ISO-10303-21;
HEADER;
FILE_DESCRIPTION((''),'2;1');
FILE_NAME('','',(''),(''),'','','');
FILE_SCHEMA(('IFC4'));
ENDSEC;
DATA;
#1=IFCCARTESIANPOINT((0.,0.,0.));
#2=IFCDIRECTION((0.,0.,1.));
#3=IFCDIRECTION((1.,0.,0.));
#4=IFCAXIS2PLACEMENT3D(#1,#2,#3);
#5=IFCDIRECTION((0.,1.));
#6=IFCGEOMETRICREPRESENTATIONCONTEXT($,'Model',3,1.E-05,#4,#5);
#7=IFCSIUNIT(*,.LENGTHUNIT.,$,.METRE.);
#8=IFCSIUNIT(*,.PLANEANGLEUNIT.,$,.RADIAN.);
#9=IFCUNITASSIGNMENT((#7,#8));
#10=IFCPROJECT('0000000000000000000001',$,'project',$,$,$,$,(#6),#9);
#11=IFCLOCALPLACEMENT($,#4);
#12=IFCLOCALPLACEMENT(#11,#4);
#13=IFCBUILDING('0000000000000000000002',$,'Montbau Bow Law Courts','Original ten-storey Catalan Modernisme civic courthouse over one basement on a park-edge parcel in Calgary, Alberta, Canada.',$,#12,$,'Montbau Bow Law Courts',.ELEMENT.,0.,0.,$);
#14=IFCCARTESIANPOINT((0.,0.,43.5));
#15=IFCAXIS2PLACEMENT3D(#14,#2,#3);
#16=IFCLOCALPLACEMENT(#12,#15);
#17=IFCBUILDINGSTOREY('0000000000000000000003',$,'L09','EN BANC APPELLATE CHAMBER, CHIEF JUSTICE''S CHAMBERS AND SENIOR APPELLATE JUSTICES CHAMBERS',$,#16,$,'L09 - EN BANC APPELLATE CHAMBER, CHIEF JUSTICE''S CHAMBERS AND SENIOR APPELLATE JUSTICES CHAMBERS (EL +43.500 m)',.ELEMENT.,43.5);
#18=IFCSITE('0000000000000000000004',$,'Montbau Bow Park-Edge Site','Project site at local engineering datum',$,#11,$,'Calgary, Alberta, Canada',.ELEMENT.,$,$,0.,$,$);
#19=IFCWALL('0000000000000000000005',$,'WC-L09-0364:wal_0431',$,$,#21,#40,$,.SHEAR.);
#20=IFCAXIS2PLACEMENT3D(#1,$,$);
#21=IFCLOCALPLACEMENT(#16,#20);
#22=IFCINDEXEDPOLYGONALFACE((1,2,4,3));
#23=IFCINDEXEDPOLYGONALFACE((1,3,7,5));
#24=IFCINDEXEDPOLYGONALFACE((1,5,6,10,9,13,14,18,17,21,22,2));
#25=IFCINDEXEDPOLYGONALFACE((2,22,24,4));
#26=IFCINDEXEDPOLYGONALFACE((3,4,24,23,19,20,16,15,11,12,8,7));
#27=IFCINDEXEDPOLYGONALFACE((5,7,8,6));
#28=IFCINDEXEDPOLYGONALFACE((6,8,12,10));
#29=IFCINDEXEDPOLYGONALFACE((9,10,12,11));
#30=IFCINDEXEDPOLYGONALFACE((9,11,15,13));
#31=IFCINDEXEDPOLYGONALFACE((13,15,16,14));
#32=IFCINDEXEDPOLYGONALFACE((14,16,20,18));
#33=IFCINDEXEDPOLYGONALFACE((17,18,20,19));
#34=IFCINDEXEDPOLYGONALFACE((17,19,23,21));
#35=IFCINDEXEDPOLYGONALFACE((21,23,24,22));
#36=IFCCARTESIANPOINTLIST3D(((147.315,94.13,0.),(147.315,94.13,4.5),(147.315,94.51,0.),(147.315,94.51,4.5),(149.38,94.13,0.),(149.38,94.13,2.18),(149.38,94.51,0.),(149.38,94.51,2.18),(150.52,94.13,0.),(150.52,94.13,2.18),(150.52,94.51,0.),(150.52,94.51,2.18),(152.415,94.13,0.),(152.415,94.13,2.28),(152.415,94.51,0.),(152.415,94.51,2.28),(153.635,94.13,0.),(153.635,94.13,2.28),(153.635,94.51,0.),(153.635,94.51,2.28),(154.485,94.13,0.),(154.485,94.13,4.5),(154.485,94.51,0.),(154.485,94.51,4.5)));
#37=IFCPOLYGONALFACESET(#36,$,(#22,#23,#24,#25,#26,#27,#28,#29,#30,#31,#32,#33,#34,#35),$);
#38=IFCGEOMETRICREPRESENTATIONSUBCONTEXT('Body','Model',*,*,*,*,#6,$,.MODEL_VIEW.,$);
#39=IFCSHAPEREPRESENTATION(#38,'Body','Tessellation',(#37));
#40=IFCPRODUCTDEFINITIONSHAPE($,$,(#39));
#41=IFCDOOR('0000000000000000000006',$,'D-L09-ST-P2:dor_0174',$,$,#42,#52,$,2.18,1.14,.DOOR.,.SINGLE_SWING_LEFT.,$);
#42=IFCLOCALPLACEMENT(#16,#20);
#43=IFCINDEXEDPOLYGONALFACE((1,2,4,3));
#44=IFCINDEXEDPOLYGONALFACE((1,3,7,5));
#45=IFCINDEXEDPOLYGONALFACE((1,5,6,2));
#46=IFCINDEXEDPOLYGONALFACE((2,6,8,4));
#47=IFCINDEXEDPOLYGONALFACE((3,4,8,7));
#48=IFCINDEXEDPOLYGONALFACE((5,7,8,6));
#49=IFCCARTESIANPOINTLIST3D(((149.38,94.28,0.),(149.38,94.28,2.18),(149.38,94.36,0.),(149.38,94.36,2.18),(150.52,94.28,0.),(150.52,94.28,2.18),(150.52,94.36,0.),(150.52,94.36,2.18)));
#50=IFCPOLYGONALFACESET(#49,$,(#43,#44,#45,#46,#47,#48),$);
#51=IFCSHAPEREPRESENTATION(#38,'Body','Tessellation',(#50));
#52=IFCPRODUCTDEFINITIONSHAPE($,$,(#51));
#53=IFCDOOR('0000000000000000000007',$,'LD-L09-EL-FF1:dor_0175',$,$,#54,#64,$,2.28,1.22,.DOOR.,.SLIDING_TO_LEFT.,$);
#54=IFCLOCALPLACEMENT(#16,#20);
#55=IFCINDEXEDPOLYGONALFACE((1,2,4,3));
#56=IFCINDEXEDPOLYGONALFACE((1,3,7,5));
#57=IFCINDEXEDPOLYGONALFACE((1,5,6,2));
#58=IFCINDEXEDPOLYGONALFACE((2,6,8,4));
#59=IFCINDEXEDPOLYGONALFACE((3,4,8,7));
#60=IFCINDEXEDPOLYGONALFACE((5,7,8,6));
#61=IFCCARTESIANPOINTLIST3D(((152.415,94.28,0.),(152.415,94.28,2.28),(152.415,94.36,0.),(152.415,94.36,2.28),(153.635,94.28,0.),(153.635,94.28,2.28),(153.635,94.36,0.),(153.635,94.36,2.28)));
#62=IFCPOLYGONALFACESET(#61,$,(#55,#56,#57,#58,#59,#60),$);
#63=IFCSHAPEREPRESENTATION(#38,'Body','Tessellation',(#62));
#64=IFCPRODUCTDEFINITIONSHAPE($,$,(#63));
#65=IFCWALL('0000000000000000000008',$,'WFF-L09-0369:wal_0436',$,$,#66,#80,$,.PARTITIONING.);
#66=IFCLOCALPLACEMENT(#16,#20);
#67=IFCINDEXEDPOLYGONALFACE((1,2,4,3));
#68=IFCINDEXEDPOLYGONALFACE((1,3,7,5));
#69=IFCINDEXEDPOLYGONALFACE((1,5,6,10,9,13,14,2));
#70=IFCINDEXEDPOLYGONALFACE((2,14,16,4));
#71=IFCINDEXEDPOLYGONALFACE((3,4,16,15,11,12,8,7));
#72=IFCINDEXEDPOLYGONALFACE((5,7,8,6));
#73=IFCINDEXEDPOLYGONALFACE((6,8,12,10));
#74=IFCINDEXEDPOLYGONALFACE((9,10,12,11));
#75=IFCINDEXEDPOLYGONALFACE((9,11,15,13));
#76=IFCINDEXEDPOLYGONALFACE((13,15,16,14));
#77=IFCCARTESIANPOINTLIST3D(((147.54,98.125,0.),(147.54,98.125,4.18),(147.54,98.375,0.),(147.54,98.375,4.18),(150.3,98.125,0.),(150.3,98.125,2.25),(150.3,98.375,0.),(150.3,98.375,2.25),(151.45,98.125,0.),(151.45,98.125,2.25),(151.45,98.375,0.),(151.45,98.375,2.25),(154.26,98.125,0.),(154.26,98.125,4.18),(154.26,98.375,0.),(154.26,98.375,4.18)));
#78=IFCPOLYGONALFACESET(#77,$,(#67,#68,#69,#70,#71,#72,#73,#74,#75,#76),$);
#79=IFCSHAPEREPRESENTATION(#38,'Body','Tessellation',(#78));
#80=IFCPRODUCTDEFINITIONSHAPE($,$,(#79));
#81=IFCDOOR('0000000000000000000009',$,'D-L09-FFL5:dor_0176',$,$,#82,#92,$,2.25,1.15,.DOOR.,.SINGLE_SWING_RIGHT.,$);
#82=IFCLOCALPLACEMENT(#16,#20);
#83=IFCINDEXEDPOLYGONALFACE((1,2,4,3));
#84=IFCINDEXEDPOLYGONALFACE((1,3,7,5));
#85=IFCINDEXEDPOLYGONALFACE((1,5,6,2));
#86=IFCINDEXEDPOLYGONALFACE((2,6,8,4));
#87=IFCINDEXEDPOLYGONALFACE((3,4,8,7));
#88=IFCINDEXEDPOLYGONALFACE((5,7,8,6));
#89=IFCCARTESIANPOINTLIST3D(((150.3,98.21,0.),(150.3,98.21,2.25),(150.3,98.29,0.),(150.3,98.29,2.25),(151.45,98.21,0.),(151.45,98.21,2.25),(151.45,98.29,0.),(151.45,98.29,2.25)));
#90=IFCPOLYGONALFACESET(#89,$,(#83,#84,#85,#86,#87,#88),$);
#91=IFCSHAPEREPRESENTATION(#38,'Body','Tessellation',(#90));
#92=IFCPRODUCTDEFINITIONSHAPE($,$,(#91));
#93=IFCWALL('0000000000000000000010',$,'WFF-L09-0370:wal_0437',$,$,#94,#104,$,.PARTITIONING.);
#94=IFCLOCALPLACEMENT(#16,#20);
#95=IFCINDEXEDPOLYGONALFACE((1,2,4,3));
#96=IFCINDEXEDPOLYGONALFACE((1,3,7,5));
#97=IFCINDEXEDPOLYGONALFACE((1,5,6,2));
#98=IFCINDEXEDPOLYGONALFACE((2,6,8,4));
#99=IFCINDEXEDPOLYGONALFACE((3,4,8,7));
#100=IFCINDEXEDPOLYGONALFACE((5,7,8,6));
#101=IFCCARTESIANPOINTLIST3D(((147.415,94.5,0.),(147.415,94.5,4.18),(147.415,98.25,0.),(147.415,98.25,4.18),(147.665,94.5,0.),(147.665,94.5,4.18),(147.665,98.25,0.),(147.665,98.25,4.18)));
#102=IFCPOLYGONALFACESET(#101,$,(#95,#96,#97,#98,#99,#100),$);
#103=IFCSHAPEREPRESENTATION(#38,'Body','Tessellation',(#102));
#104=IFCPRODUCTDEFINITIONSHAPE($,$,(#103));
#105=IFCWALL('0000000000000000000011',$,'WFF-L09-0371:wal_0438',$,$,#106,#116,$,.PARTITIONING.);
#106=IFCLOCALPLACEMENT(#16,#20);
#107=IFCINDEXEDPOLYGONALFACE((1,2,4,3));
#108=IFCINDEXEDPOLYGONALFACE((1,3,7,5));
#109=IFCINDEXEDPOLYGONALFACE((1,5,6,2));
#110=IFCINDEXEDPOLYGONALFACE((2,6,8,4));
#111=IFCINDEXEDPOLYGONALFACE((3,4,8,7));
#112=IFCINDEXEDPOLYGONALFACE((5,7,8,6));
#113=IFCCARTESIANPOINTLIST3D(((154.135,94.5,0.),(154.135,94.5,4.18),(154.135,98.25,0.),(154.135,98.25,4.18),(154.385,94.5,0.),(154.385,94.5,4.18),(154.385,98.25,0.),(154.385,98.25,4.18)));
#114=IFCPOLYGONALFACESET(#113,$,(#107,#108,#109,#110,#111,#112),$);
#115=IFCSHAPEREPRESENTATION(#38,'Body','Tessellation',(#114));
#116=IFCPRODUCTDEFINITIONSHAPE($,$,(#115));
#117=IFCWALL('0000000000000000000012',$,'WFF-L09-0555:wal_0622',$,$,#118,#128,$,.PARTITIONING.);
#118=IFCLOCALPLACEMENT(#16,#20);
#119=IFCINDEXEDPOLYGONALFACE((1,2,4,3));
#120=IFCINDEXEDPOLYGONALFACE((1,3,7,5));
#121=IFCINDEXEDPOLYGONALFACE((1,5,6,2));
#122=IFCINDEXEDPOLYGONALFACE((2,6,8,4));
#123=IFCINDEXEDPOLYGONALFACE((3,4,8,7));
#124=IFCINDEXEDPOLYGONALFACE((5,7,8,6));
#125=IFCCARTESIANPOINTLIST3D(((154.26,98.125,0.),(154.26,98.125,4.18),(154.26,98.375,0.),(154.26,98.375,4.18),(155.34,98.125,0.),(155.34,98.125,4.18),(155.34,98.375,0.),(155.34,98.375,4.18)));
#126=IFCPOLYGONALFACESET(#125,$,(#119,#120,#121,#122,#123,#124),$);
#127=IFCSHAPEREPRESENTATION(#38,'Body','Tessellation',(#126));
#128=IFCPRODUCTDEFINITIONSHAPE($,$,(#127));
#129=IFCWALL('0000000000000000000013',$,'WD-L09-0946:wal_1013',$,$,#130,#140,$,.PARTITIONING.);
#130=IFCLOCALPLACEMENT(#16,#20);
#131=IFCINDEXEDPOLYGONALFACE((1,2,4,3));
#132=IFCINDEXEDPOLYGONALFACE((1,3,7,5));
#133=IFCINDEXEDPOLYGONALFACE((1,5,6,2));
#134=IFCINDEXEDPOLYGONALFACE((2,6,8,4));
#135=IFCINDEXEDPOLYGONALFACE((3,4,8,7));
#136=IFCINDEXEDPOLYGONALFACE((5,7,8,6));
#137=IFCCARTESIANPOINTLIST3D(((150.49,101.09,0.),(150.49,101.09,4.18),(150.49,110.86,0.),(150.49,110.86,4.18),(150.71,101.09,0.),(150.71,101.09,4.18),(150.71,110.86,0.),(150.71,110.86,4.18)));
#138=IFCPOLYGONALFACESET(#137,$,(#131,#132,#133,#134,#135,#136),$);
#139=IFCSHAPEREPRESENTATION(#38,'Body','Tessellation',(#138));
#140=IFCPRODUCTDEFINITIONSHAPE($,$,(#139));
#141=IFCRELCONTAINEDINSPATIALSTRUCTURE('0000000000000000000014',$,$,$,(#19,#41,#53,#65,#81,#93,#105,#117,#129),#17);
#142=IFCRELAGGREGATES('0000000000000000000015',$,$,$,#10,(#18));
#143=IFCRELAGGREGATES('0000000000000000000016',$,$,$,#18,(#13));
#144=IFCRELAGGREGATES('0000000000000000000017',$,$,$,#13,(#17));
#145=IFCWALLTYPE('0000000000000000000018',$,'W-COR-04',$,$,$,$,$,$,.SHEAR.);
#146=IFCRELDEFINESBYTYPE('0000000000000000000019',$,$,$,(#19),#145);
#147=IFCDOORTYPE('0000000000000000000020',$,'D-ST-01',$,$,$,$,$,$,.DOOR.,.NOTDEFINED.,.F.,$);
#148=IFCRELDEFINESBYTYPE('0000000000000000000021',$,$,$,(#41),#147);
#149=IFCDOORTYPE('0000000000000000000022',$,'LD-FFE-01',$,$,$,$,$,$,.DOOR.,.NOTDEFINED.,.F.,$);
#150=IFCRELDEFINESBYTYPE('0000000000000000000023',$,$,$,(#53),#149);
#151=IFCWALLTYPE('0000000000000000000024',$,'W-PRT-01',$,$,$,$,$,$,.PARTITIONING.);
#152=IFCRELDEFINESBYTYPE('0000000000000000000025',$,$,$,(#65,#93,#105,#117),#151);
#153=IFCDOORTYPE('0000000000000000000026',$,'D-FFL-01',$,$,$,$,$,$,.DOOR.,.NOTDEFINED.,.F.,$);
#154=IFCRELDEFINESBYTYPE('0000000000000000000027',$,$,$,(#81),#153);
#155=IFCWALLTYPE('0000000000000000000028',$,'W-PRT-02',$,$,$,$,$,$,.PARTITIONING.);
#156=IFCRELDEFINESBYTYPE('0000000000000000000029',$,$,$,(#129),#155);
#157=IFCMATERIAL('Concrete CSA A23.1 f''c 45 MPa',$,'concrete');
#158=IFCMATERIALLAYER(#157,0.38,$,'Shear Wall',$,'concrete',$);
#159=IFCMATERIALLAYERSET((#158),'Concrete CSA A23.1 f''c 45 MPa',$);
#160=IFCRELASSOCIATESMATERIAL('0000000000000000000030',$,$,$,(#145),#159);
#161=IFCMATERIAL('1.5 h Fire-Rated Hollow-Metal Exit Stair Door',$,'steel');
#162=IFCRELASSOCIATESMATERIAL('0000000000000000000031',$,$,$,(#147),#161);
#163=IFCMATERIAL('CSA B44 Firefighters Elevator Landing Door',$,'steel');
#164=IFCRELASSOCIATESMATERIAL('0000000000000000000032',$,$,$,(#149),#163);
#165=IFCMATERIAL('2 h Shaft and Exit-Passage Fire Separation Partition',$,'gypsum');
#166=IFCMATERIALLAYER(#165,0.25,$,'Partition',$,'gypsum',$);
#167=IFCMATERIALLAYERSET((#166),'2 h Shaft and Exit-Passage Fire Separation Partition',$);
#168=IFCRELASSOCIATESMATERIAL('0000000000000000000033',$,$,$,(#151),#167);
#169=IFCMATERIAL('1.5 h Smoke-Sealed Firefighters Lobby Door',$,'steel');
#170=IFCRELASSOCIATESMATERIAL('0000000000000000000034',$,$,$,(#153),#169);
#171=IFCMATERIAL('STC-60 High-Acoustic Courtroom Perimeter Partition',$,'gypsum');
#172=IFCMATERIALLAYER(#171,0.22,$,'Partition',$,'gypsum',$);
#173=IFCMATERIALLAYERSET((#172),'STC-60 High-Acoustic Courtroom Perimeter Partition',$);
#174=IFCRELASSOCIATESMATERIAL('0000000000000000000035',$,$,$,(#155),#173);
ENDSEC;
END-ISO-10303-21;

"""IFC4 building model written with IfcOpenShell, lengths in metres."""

from ifc_helpers import new_model, si_unit, direction, frame, frame_2d, origin_with_axes, place, context, subcontext, project, spatial, rectangle, extrude, material, layer, layer_set, type_object, element, fill, save


model = new_model("IFC4")

# Units and contexts
model_context = context("Model", 3, precision=1e-05, world=origin_with_axes(), true_north=direction((0.0, 1.0)))
body_context = subcontext(model_context, "Body", "Model", "MODEL_VIEW")
ifc_project = project(units=[si_unit("LENGTHUNIT", "METRE"), si_unit("PLANEANGLEUNIT", "RADIAN")], contexts=[model_context])

# Site, building, storey
site_placement = place(None, origin_with_axes())
site = spatial("IfcSite", under=ifc_project, at=site_placement, Name="Montbau Bow Park-Edge Site", Description="Project site at local engineering datum", LongName="Calgary, Alberta, Canada", CompositionType="ELEMENT", RefElevation=0.0)
building_placement = place(site_placement, origin_with_axes())
building = spatial("IfcBuilding", under=site, at=building_placement, Name="Montbau Bow Law Courts", Description="Original ten-storey Catalan Modernisme civic courthouse over one basement on a park-edge parcel in Calgary, Alberta, Canada.", LongName="Montbau Bow Law Courts", CompositionType="ELEMENT", ElevationOfRefHeight=0.0, ElevationOfTerrain=0.0)
storey_placement = place(building_placement, frame((0.0, 0.0, 43.5), z_axis=(0.0, 0.0, 1.0), x_axis=(1.0, 0.0, 0.0)))
storey = spatial("IfcBuildingStorey", under=building, at=storey_placement, Name="L09", Description="EN BANC APPELLATE CHAMBER, CHIEF JUSTICE'S CHAMBERS AND SENIOR APPELLATE JUSTICES CHAMBERS", LongName="L09 - EN BANC APPELLATE CHAMBER, CHIEF JUSTICE'S CHAMBERS AND SENIOR APPELLATE JUSTICES CHAMBERS (EL +43.500 m)", CompositionType="ELEMENT", Elevation=43.5)

# Shared definitions
ifc_material_1 = material(Name="Concrete CSA A23.1 f'c 45 MPa", Category="concrete")

# Wall, openings, doors
ifc_layer_1 = layer(ifc_material_1, 0.38, Name="Shear Wall", Category="concrete")
ifc_layer_set_1 = layer_set([ifc_layer_1], Name="Concrete CSA A23.1 f'c 45 MPa")
wall_type_1 = type_object("IfcWallType", Name="W-COR-04", PredefinedType="SHEAR", material=ifc_layer_set_1)
wall_1_placement = place(None, frame((154.485, 94.32, 43.5), z_axis=(0.0, 0.0, 1.0), x_axis=(-1.0, 0.0, 0.0)))
wall_1 = element("IfcWall", 1, at=wall_1_placement, inside=storey, type_object=wall_type_1, Name="WC-L09-0364:wal_0431", PredefinedType="SHEAR", context=body_context, shape_type="SweptSolid", body=[
    extrude(rectangle(XDim=7.17, YDim=0.38, at=frame_2d((3.585, 0.0), x_axis=(1.0, 0.0))), origin_with_axes(), (0.0, 0.0, 1.0), 4.5),
])
opening_1_placement = place(None, frame((149.95, 94.32, 43.5), z_axis=(0.0, 0.0, 1.0), x_axis=(-1.0, 0.0, 0.0)))
opening_1 = element("IfcOpeningElement", 2, at=opening_1_placement, cuts=wall_1, PredefinedType="OPENING", context=body_context, shape_type="SweptSolid", body=[
    extrude(rectangle(XDim=1.14, YDim=2.18, at=frame_2d((0.0, 1.09), x_axis=(1.0, 0.0))), frame((0.0, 0.2, 0.0), z_axis=(0.0, -1.0, 0.0), x_axis=(1.0, 0.0, 0.0)), (0.0, 0.0, 1.0), 0.4),
])
opening_2_placement = place(None, frame((153.025, 94.32, 43.5), z_axis=(0.0, 0.0, 1.0), x_axis=(-1.0, 0.0, 0.0)))
opening_2 = element("IfcOpeningElement", 3, at=opening_2_placement, cuts=wall_1, PredefinedType="OPENING", context=body_context, shape_type="SweptSolid", body=[
    extrude(rectangle(XDim=1.22, YDim=2.28, at=frame_2d((0.0, 1.14), x_axis=(1.0, 0.0))), frame((0.0, 0.2, 0.0), z_axis=(0.0, -1.0, 0.0), x_axis=(1.0, 0.0, 0.0)), (0.0, 0.0, 1.0), 0.4),
])
ifc_material_2 = material(Name="1.5 h Fire-Rated Hollow-Metal Exit Stair Door", Category="steel")
door_type_1 = type_object("IfcDoorType", Name="D-ST-01", OperationType="NOTDEFINED", ParameterTakesPrecedence=False, PredefinedType="DOOR", material=ifc_material_2)
door_1_placement = place(None, frame((149.95, 94.32, 43.5), z_axis=(0.0, 0.0, 1.0), x_axis=(1.0, 0.0, 0.0)))
door_1 = element("IfcDoor", 4, at=door_1_placement, inside=storey, type_object=door_type_1, Name="D-L09-ST-P2:dor_0174", OperationType="SINGLE_SWING_LEFT", OverallHeight=2.18, OverallWidth=1.14, PredefinedType="DOOR", context=body_context, shape_type="SweptSolid", body=[
    extrude(rectangle(XDim=1.14, YDim=2.18, at=frame_2d((0.0, 1.09), x_axis=(1.0, 0.0))), frame((0.0, 0.04, 0.0), z_axis=(0.0, -1.0, 0.0), x_axis=(1.0, 0.0, 0.0)), (0.0, 0.0, 1.0), 0.08),
])
fill(opening_1, door_1)
ifc_material_3 = material(Name="CSA B44 Firefighters Elevator Landing Door", Category="steel")
door_type_2 = type_object("IfcDoorType", Name="LD-FFE-01", OperationType="NOTDEFINED", ParameterTakesPrecedence=False, PredefinedType="DOOR", material=ifc_material_3)
door_2_placement = place(None, frame((153.025, 94.32, 43.5), z_axis=(0.0, 0.0, 1.0), x_axis=(1.0, 0.0, 0.0)))
door_2 = element("IfcDoor", 5, at=door_2_placement, inside=storey, type_object=door_type_2, Name="LD-L09-EL-FF1:dor_0175", OperationType="SLIDING_TO_LEFT", OverallHeight=2.28, OverallWidth=1.22, PredefinedType="DOOR", context=body_context, shape_type="SweptSolid", body=[
    extrude(rectangle(XDim=1.22, YDim=2.28, at=frame_2d((0.0, 1.14), x_axis=(1.0, 0.0))), frame((0.0, 0.04, 0.0), z_axis=(0.0, -1.0, 0.0), x_axis=(1.0, 0.0, 0.0)), (0.0, 0.0, 1.0), 0.08),
])
fill(opening_2, door_2)

# Wall, opening, door
ifc_material_4 = material(Name="2 h Shaft and Exit-Passage Fire Separation Partition", Category="gypsum")
ifc_layer_2 = layer(ifc_material_4, 0.25, Name="Partition", Category="gypsum")
ifc_layer_set_2 = layer_set([ifc_layer_2], Name="2 h Shaft and Exit-Passage Fire Separation Partition")
wall_type_2 = type_object("IfcWallType", Name="W-PRT-01", PredefinedType="PARTITIONING", material=ifc_layer_set_2)
wall_2_placement = place(None, frame((154.26, 98.25, 43.5), z_axis=(0.0, 0.0, 1.0), x_axis=(-1.0, 0.0, 0.0)))
wall_2 = element("IfcWall", 6, at=wall_2_placement, inside=storey, type_object=wall_type_2, Name="WFF-L09-0369:wal_0436", PredefinedType="PARTITIONING", context=body_context, shape_type="SweptSolid", body=[
    extrude(rectangle(XDim=6.72, YDim=0.25, at=frame_2d((3.36, 0.0), x_axis=(1.0, 0.0))), origin_with_axes(), (0.0, 0.0, 1.0), 4.18),
])
opening_3_placement = place(None, frame((150.875, 98.25, 43.5), z_axis=(0.0, 0.0, 1.0), x_axis=(-1.0, 0.0, 0.0)))
opening_3 = element("IfcOpeningElement", 7, at=opening_3_placement, cuts=wall_2, PredefinedType="OPENING", context=body_context, shape_type="SweptSolid", body=[
    extrude(rectangle(XDim=1.15, YDim=2.25, at=frame_2d((0.0, 1.125), x_axis=(1.0, 0.0))), frame((0.0, 0.135, 0.0), z_axis=(0.0, -1.0, 0.0), x_axis=(1.0, 0.0, 0.0)), (0.0, 0.0, 1.0), 0.27),
])
ifc_material_5 = material(Name="1.5 h Smoke-Sealed Firefighters Lobby Door", Category="steel")
door_type_3 = type_object("IfcDoorType", Name="D-FFL-01", OperationType="NOTDEFINED", ParameterTakesPrecedence=False, PredefinedType="DOOR", material=ifc_material_5)
door_3_placement = place(None, frame((150.875, 98.25, 43.5), z_axis=(0.0, 0.0, 1.0), x_axis=(1.0, 0.0, 0.0)))
door_3 = element("IfcDoor", 8, at=door_3_placement, inside=storey, type_object=door_type_3, Name="D-L09-FFL5:dor_0176", OperationType="SINGLE_SWING_RIGHT", OverallHeight=2.25, OverallWidth=1.15, PredefinedType="DOOR", context=body_context, shape_type="SweptSolid", body=[
    extrude(rectangle(XDim=1.15, YDim=2.25, at=frame_2d((0.0, 1.125), x_axis=(1.0, 0.0))), frame((0.0, 0.04, 0.0), z_axis=(0.0, -1.0, 0.0), x_axis=(1.0, 0.0, 0.0)), (0.0, 0.0, 1.0), 0.08),
])
fill(opening_3, door_3)

# Walls
for number, where, z_axis, x_axis, name in (
    (9, (147.54, 94.5, 43.5), (0.0, 0.0, 1.0), (0.0, 1.0, 0.0), "WFF-L09-0370:wal_0437"),
    (10, (154.26, 94.5, 43.5), (0.0, 0.0, 1.0), (0.0, 1.0, 0.0), "WFF-L09-0371:wal_0438"),
):
    element("IfcWall", number, at=place(None, frame(where, z_axis=z_axis, x_axis=x_axis)), inside=storey, type_object=wall_type_2, Name=name, PredefinedType="PARTITIONING", context=body_context, shape_type="SweptSolid", body=[
        extrude(rectangle(XDim=3.75, YDim=0.25, at=frame_2d((1.875, 0.0), x_axis=(1.0, 0.0))), origin_with_axes(), (0.0, 0.0, 1.0), 4.18),
    ])
wall_3_placement = place(None, frame((154.26, 98.25, 43.5), z_axis=(0.0, 0.0, 1.0), x_axis=(1.0, 0.0, 0.0)))
element("IfcWall", 11, at=wall_3_placement, inside=storey, type_object=wall_type_2, Name="WFF-L09-0555:wal_0622", PredefinedType="PARTITIONING", context=body_context, shape_type="SweptSolid", body=[
    extrude(rectangle(XDim=1.08, YDim=0.25, at=frame_2d((0.54, 0.0), x_axis=(1.0, 0.0))), origin_with_axes(), (0.0, 0.0, 1.0), 4.18),
])
ifc_material_6 = material(Name="STC-60 High-Acoustic Courtroom Perimeter Partition", Category="gypsum")
ifc_layer_3 = layer(ifc_material_6, 0.22, Name="Partition", Category="gypsum")
ifc_layer_set_3 = layer_set([ifc_layer_3], Name="STC-60 High-Acoustic Courtroom Perimeter Partition")
wall_type_3 = type_object("IfcWallType", Name="W-PRT-02", PredefinedType="PARTITIONING", material=ifc_layer_set_3)
wall_4_placement = place(None, frame((150.6, 101.09, 43.5), z_axis=(0.0, 0.0, 1.0), x_axis=(0.0, 1.0, 0.0)))
element("IfcWall", 12, at=wall_4_placement, inside=storey, type_object=wall_type_3, Name="WD-L09-0946:wal_1013", PredefinedType="PARTITIONING", context=body_context, shape_type="SweptSolid", body=[
    extrude(rectangle(XDim=9.77, YDim=0.22, at=frame_2d((4.885, 0.0), x_axis=(1.0, 0.0))), origin_with_axes(), (0.0, 0.0, 1.0), 4.18),
])

save(model, "model.ifc")
